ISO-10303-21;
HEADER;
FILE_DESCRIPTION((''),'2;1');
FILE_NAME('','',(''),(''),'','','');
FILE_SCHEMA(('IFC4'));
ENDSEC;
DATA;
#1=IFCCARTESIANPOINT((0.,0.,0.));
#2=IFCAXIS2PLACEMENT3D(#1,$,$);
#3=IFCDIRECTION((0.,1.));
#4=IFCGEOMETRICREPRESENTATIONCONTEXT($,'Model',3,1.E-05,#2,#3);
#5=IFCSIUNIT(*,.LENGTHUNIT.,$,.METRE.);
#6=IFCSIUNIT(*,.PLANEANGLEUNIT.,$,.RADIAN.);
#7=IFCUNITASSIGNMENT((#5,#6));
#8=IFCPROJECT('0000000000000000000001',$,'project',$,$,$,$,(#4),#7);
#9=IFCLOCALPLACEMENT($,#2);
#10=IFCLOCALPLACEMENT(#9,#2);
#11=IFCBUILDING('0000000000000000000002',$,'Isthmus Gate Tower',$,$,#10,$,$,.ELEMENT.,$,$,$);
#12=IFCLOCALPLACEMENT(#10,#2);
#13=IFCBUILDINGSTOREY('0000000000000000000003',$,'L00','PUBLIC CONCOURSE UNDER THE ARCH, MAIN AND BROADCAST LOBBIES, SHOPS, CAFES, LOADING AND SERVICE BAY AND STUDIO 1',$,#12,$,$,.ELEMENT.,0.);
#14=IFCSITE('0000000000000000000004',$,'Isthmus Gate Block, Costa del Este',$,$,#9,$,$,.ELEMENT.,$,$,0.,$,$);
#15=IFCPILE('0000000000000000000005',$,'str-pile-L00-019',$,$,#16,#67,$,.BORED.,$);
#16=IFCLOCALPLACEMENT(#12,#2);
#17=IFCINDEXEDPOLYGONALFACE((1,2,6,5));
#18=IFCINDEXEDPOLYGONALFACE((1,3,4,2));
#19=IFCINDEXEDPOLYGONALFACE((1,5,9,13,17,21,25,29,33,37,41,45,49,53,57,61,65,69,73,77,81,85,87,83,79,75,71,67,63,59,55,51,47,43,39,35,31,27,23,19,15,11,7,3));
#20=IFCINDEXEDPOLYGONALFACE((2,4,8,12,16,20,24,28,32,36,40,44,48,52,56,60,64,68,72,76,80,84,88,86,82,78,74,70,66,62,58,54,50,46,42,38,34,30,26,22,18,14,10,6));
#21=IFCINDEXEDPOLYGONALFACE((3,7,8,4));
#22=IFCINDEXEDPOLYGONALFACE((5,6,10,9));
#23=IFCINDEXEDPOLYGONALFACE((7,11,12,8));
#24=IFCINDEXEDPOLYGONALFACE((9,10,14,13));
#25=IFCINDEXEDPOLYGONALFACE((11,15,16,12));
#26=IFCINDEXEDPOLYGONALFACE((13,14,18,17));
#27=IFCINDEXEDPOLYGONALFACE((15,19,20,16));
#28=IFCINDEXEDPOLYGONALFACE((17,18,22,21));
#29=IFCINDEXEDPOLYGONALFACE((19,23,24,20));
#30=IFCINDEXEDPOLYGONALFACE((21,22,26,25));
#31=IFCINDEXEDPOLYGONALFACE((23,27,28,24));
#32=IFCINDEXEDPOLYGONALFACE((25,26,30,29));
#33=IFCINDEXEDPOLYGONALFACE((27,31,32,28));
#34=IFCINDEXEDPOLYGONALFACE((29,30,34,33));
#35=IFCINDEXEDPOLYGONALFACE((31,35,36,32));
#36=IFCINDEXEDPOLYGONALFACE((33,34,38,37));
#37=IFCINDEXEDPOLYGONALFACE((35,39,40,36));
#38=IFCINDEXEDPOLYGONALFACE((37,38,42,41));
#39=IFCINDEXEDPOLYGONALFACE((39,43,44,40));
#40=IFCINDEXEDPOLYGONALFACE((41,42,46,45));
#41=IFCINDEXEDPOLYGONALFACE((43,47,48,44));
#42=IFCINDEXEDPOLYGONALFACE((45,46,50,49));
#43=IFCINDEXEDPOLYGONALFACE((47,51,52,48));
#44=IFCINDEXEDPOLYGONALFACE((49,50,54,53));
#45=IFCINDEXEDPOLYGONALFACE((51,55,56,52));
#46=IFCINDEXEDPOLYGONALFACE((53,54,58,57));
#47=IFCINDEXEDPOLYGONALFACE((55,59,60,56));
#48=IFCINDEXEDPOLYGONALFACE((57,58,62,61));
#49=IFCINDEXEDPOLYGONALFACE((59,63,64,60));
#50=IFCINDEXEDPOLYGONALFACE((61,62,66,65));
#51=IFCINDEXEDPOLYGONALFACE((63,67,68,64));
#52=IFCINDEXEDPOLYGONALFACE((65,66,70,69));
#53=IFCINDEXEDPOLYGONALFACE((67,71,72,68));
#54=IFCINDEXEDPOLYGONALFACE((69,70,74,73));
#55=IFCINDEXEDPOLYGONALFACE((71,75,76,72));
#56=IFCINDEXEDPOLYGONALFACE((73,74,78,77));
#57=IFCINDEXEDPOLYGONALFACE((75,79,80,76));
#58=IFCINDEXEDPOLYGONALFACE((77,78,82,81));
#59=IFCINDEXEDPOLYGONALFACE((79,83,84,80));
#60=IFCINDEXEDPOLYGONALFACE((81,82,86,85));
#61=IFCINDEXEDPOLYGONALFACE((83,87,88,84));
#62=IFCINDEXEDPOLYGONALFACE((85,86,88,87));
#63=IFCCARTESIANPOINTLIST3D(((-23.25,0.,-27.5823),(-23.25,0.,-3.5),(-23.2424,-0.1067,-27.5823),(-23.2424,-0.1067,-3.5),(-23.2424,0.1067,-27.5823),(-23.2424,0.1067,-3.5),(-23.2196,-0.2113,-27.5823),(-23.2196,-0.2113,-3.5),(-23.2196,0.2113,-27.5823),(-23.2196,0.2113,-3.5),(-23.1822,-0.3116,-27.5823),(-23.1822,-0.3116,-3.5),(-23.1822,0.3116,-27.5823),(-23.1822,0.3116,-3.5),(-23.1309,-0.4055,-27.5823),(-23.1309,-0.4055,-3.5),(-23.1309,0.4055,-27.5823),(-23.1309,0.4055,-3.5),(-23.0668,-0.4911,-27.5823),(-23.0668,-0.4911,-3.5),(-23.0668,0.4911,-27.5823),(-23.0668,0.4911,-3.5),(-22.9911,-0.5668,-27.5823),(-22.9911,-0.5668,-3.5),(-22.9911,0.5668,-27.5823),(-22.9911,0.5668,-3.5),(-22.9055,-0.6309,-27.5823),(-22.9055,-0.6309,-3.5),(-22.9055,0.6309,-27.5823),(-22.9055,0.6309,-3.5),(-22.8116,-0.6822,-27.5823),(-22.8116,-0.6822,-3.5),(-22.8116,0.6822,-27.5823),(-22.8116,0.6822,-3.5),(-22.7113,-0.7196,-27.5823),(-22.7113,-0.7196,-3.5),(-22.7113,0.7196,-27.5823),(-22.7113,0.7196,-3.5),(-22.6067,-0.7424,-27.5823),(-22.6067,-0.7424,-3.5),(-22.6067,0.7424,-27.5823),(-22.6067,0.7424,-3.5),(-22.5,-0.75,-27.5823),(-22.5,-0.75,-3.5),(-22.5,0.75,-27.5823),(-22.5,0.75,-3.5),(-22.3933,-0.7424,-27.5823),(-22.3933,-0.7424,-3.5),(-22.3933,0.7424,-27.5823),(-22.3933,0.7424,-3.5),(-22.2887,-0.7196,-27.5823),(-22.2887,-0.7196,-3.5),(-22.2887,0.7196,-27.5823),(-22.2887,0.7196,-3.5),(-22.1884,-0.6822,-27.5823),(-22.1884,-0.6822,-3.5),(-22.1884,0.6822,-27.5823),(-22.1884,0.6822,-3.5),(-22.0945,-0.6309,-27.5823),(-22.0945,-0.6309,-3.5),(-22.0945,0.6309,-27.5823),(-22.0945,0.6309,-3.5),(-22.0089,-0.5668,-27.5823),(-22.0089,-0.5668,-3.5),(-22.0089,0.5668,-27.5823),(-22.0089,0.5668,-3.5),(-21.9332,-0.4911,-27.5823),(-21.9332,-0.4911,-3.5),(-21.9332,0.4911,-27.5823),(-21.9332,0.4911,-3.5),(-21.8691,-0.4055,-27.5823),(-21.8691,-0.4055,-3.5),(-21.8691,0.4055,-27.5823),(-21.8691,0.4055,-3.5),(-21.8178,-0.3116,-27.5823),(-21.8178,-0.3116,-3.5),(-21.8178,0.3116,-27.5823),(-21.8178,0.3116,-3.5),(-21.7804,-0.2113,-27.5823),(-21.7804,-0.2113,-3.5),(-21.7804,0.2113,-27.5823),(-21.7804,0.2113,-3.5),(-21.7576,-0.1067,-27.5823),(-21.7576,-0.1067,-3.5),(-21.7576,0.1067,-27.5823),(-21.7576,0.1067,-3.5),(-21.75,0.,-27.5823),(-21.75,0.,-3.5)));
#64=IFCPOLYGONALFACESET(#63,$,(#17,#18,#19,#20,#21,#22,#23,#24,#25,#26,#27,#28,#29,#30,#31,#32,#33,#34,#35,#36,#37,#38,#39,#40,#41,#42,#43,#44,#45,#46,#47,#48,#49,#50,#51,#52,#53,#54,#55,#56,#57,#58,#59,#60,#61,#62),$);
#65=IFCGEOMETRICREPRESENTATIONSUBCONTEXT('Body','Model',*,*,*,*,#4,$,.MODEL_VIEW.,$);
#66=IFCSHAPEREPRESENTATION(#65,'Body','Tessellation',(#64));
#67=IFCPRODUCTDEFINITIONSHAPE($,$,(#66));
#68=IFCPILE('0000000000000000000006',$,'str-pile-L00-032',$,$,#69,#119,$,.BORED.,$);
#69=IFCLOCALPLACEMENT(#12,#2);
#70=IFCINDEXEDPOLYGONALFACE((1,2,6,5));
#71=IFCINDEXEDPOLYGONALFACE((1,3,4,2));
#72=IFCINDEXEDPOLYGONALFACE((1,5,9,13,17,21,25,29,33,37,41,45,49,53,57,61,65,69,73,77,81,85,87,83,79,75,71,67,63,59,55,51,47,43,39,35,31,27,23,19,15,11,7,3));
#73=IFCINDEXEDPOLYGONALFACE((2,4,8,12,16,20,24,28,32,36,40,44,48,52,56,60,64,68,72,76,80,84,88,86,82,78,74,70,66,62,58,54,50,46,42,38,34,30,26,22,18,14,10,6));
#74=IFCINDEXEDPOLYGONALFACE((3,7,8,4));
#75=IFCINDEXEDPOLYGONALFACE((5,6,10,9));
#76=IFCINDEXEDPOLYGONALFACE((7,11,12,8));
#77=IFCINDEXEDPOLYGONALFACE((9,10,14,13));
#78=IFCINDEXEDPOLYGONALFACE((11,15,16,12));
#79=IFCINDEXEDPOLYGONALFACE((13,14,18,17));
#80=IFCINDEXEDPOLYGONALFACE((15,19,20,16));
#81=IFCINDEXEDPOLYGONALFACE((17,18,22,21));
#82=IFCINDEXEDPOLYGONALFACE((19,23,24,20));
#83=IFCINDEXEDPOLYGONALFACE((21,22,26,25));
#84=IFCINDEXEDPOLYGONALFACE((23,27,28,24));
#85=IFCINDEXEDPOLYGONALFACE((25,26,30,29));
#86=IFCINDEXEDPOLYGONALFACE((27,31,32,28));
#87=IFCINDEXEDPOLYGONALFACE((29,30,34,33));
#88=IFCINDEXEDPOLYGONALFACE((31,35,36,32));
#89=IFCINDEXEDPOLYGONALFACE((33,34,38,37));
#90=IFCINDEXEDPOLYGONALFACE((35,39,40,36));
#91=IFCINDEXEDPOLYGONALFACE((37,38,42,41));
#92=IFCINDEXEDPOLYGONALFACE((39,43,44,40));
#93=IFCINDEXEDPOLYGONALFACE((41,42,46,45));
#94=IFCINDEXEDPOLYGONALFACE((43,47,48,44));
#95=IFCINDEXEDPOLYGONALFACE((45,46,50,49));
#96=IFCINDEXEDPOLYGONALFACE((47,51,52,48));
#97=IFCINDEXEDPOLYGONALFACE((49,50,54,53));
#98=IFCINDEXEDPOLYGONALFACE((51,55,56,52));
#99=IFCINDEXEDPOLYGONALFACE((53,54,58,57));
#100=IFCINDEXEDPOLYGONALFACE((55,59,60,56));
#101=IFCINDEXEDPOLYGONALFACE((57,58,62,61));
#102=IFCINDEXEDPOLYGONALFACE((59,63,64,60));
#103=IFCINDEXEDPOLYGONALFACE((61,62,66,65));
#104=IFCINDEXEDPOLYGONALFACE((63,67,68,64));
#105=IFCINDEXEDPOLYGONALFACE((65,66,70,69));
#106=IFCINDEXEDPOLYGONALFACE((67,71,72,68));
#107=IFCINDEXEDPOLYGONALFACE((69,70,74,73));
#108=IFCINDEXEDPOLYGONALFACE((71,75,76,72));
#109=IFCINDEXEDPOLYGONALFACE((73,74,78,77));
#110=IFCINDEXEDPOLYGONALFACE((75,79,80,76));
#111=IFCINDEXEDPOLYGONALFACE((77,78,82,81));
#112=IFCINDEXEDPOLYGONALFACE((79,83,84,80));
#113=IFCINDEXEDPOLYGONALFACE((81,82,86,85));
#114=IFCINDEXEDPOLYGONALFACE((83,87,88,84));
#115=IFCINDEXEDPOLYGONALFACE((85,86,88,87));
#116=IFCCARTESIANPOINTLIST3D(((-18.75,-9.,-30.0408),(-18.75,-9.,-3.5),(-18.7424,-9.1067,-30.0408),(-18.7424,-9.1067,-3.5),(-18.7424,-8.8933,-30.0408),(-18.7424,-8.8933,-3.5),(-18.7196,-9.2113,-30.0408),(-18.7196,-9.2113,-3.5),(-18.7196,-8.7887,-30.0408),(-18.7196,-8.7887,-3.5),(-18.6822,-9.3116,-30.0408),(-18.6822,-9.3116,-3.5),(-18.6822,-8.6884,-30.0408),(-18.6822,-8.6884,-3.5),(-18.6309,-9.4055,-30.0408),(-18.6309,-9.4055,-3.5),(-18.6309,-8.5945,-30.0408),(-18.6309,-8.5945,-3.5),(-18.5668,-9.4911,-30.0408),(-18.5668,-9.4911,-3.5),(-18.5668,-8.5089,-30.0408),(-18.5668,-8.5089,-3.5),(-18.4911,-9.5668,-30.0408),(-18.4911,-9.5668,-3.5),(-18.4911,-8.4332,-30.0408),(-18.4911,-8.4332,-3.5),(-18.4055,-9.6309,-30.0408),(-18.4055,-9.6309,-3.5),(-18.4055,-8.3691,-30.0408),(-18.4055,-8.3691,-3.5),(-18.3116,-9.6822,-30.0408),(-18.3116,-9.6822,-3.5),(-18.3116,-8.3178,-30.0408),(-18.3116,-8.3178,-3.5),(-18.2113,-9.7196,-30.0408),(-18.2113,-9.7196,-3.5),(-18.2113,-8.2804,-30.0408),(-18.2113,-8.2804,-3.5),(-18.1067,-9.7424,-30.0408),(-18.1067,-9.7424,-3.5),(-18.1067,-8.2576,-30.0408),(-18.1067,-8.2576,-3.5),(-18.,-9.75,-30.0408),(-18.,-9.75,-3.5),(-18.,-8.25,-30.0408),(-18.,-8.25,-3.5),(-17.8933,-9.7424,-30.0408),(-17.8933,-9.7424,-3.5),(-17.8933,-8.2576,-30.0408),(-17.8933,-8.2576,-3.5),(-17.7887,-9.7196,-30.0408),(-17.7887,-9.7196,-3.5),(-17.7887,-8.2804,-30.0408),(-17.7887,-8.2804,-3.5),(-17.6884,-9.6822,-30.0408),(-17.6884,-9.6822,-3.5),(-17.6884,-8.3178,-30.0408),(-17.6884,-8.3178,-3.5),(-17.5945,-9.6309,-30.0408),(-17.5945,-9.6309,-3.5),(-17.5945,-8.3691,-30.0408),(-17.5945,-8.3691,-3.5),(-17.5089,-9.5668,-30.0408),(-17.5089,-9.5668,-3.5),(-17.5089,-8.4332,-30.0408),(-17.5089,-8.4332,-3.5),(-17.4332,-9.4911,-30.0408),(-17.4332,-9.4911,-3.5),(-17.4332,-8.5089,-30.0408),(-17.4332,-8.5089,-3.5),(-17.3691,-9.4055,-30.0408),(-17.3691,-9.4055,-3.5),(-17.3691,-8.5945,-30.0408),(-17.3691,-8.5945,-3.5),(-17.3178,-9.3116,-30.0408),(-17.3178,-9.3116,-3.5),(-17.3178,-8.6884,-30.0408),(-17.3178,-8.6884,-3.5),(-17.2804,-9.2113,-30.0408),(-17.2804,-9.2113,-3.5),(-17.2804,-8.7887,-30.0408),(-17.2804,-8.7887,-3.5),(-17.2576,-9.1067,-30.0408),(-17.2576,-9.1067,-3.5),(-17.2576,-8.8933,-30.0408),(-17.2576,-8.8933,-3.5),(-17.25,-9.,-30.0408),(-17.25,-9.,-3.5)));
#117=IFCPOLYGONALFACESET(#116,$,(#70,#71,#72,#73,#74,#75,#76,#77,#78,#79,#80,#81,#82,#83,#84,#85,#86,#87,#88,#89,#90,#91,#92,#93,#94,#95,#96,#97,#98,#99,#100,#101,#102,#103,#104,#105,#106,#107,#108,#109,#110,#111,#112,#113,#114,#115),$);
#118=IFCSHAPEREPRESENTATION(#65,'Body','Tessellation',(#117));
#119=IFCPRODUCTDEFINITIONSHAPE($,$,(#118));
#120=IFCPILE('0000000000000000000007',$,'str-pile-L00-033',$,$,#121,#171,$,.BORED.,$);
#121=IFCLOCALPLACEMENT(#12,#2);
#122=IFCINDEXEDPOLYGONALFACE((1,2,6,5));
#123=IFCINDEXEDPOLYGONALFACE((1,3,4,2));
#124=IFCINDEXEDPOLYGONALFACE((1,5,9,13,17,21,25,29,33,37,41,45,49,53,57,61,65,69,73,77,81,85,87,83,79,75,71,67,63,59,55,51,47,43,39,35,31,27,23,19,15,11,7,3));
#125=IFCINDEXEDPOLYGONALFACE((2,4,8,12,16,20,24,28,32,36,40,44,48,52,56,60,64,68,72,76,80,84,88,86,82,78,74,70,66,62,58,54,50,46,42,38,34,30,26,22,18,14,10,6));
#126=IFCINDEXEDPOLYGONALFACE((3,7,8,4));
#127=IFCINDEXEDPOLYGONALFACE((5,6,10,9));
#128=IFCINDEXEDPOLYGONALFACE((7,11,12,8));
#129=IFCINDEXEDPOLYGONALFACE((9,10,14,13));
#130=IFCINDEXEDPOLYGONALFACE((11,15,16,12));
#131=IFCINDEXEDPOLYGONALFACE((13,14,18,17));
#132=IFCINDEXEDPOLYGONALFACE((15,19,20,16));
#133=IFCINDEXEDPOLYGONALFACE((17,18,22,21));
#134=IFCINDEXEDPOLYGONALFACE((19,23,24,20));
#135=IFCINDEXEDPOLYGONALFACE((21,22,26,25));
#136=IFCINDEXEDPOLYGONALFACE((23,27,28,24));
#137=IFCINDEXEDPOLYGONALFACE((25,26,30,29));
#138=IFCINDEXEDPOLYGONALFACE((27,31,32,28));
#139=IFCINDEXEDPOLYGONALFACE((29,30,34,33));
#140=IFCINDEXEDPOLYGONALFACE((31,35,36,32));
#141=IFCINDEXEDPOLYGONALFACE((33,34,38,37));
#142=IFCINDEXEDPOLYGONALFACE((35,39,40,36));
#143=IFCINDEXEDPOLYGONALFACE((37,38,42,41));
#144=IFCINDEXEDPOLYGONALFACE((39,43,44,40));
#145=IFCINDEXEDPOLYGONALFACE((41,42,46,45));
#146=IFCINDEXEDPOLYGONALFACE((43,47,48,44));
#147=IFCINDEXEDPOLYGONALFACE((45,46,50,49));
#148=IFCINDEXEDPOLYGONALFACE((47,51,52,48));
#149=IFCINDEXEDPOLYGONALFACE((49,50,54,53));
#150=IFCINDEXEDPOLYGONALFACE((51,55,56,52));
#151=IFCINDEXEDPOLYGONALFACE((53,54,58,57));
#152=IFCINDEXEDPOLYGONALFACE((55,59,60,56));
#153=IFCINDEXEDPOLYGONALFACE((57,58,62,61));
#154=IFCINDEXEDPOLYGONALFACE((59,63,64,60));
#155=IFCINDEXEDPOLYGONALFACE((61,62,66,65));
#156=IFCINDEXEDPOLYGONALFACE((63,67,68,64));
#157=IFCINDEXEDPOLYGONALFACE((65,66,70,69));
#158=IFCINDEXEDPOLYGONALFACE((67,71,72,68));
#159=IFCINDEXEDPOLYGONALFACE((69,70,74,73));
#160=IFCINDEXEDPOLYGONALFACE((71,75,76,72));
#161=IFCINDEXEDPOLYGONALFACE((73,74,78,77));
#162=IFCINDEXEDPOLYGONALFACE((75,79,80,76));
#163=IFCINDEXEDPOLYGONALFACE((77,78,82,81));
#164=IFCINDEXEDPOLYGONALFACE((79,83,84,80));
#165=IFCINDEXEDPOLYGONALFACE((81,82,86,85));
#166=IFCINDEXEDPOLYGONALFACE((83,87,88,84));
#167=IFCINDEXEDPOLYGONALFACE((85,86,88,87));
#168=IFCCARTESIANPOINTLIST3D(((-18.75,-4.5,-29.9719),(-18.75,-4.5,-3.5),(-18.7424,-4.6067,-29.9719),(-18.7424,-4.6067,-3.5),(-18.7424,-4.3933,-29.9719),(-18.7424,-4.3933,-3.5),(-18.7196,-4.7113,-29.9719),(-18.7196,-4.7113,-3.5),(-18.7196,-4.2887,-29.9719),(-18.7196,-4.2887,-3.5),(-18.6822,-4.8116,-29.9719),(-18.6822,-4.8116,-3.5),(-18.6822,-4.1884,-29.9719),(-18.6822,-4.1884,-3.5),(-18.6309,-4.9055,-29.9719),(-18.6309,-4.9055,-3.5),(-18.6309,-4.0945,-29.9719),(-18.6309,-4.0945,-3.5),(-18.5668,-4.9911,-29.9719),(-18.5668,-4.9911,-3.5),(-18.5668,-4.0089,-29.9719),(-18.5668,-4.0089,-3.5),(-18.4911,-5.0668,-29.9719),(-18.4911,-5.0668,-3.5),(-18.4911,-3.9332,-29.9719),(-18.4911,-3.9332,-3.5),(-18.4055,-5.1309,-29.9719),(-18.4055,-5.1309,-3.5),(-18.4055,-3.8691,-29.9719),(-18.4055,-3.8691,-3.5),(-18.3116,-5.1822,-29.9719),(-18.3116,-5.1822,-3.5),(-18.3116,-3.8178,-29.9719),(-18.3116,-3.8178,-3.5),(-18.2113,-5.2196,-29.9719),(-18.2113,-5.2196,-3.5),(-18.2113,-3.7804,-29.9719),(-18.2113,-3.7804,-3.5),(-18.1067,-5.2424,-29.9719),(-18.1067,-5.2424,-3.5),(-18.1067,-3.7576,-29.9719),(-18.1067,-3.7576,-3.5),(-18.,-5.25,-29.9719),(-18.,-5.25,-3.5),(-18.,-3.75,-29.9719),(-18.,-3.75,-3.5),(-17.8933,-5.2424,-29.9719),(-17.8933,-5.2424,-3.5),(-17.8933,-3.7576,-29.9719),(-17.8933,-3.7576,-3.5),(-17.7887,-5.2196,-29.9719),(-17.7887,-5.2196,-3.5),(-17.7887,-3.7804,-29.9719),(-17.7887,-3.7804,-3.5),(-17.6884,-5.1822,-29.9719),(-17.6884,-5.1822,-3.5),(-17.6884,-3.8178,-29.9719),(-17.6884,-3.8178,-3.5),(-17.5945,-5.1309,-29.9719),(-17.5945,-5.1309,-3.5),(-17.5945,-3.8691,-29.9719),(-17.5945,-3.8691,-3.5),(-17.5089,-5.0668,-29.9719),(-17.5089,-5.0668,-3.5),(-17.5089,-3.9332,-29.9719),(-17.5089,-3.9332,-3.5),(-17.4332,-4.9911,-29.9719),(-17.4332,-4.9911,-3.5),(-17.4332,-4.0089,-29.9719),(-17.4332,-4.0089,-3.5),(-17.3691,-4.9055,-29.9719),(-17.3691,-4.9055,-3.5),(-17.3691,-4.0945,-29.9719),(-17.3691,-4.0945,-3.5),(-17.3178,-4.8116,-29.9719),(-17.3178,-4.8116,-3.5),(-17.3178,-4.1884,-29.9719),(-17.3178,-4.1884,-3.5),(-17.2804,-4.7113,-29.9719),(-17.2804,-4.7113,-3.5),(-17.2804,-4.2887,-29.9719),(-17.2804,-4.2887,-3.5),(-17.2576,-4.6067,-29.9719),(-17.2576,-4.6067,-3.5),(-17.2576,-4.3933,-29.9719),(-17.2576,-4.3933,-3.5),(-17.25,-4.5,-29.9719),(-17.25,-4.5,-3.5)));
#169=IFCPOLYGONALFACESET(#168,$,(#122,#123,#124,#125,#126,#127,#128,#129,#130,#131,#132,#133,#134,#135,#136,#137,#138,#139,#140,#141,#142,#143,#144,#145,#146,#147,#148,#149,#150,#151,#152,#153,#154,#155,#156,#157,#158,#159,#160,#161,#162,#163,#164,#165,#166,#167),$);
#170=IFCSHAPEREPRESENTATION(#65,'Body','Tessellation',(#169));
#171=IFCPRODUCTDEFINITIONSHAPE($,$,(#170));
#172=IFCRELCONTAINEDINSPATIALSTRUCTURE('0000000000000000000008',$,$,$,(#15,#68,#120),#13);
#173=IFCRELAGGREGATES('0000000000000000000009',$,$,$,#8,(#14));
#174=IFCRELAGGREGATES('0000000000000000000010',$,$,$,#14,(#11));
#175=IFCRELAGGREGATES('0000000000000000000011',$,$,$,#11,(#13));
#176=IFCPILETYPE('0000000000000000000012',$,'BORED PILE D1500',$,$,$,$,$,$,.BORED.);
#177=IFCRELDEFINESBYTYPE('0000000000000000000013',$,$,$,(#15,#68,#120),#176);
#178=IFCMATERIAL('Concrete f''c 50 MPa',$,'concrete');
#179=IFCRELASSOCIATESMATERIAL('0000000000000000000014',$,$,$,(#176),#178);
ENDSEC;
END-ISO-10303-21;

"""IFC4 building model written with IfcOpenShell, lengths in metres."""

from ifc_helpers import new_model, si_unit, direction, frame, origin, origin_2d, place, context, subcontext, project, spatial, circle, extrude, material, material_profile, profile_set, type_object, element, save


model = new_model("IFC4")

# Units and contexts
model_context = context("Model", 3, precision=1e-05, world=origin(), true_north=direction((0.0, 1.0)))
body_context = subcontext(model_context, "Body", "Model", "MODEL_VIEW")
ifc_project = project(units=[si_unit("LENGTHUNIT", "METRE"), si_unit("PLANEANGLEUNIT", "RADIAN")], contexts=[model_context])

# Site, building, storey
site_placement = place(None, origin())
site = spatial("IfcSite", under=ifc_project, at=site_placement, Name="Isthmus Gate Block, Costa del Este", CompositionType="ELEMENT", RefElevation=0.0)
building_placement = place(site_placement, origin())
building = spatial("IfcBuilding", under=site, at=building_placement, Name="Isthmus Gate Tower", CompositionType="ELEMENT")
storey_placement = place(building_placement, origin())
storey = spatial("IfcBuildingStorey", under=building, at=storey_placement, Name="L00", Description="PUBLIC CONCOURSE UNDER THE ARCH, MAIN AND BROADCAST LOBBIES, SHOPS, CAFES, LOADING AND SERVICE BAY AND STUDIO 1", CompositionType="ELEMENT", Elevation=0.0)

# Piles
ifc_material_1 = material(Name="Concrete f'c 50 MPa", Category="concrete")
ifc_material_profile_1 = material_profile(ifc_material_1, circle(Radius=0.75, at=origin_2d()), Name="D1500")
ifc_profile_set_1 = profile_set([ifc_material_profile_1], Name="Concrete f'c 50 MPa")
pile_type_1 = type_object("IfcPileType", Name="BORED PILE D1500", PredefinedType="BORED", material=ifc_profile_set_1)
pile_1_placement = place(storey_placement, frame((-22.5, 0.0, -3.5), z_axis=(0.0, 0.0, -1.0), x_axis=(1.0, 0.0, 0.0)))
element("IfcPile", 1, at=pile_1_placement, inside=storey, type_object=pile_type_1, Name="str-pile-L00-019", PredefinedType="BORED", context=body_context, shape_type="SweptSolid", body=[
    extrude(circle(Radius=0.75, at=origin_2d()), origin(), (0.0, 0.0, 1.0), 24.0823),
])
pile_2_placement = place(storey_placement, frame((-18.0, -9.0, -3.5), z_axis=(0.0, 0.0, -1.0), x_axis=(1.0, 0.0, 0.0)))
element("IfcPile", 2, at=pile_2_placement, inside=storey, type_object=pile_type_1, Name="str-pile-L00-032", PredefinedType="BORED", context=body_context, shape_type="SweptSolid", body=[
    extrude(circle(Radius=0.75, at=origin_2d()), origin(), (0.0, 0.0, 1.0), 26.5408),
])
pile_3_placement = place(storey_placement, frame((-18.0, -4.5, -3.5), z_axis=(0.0, 0.0, -1.0), x_axis=(1.0, 0.0, 0.0)))
element("IfcPile", 3, at=pile_3_placement, inside=storey, type_object=pile_type_1, Name="str-pile-L00-033", PredefinedType="BORED", context=body_context, shape_type="SweptSolid", body=[
    extrude(circle(Radius=0.75, at=origin_2d()), origin(), (0.0, 0.0, 1.0), 26.4719),
])

save(model, "model.ifc")
